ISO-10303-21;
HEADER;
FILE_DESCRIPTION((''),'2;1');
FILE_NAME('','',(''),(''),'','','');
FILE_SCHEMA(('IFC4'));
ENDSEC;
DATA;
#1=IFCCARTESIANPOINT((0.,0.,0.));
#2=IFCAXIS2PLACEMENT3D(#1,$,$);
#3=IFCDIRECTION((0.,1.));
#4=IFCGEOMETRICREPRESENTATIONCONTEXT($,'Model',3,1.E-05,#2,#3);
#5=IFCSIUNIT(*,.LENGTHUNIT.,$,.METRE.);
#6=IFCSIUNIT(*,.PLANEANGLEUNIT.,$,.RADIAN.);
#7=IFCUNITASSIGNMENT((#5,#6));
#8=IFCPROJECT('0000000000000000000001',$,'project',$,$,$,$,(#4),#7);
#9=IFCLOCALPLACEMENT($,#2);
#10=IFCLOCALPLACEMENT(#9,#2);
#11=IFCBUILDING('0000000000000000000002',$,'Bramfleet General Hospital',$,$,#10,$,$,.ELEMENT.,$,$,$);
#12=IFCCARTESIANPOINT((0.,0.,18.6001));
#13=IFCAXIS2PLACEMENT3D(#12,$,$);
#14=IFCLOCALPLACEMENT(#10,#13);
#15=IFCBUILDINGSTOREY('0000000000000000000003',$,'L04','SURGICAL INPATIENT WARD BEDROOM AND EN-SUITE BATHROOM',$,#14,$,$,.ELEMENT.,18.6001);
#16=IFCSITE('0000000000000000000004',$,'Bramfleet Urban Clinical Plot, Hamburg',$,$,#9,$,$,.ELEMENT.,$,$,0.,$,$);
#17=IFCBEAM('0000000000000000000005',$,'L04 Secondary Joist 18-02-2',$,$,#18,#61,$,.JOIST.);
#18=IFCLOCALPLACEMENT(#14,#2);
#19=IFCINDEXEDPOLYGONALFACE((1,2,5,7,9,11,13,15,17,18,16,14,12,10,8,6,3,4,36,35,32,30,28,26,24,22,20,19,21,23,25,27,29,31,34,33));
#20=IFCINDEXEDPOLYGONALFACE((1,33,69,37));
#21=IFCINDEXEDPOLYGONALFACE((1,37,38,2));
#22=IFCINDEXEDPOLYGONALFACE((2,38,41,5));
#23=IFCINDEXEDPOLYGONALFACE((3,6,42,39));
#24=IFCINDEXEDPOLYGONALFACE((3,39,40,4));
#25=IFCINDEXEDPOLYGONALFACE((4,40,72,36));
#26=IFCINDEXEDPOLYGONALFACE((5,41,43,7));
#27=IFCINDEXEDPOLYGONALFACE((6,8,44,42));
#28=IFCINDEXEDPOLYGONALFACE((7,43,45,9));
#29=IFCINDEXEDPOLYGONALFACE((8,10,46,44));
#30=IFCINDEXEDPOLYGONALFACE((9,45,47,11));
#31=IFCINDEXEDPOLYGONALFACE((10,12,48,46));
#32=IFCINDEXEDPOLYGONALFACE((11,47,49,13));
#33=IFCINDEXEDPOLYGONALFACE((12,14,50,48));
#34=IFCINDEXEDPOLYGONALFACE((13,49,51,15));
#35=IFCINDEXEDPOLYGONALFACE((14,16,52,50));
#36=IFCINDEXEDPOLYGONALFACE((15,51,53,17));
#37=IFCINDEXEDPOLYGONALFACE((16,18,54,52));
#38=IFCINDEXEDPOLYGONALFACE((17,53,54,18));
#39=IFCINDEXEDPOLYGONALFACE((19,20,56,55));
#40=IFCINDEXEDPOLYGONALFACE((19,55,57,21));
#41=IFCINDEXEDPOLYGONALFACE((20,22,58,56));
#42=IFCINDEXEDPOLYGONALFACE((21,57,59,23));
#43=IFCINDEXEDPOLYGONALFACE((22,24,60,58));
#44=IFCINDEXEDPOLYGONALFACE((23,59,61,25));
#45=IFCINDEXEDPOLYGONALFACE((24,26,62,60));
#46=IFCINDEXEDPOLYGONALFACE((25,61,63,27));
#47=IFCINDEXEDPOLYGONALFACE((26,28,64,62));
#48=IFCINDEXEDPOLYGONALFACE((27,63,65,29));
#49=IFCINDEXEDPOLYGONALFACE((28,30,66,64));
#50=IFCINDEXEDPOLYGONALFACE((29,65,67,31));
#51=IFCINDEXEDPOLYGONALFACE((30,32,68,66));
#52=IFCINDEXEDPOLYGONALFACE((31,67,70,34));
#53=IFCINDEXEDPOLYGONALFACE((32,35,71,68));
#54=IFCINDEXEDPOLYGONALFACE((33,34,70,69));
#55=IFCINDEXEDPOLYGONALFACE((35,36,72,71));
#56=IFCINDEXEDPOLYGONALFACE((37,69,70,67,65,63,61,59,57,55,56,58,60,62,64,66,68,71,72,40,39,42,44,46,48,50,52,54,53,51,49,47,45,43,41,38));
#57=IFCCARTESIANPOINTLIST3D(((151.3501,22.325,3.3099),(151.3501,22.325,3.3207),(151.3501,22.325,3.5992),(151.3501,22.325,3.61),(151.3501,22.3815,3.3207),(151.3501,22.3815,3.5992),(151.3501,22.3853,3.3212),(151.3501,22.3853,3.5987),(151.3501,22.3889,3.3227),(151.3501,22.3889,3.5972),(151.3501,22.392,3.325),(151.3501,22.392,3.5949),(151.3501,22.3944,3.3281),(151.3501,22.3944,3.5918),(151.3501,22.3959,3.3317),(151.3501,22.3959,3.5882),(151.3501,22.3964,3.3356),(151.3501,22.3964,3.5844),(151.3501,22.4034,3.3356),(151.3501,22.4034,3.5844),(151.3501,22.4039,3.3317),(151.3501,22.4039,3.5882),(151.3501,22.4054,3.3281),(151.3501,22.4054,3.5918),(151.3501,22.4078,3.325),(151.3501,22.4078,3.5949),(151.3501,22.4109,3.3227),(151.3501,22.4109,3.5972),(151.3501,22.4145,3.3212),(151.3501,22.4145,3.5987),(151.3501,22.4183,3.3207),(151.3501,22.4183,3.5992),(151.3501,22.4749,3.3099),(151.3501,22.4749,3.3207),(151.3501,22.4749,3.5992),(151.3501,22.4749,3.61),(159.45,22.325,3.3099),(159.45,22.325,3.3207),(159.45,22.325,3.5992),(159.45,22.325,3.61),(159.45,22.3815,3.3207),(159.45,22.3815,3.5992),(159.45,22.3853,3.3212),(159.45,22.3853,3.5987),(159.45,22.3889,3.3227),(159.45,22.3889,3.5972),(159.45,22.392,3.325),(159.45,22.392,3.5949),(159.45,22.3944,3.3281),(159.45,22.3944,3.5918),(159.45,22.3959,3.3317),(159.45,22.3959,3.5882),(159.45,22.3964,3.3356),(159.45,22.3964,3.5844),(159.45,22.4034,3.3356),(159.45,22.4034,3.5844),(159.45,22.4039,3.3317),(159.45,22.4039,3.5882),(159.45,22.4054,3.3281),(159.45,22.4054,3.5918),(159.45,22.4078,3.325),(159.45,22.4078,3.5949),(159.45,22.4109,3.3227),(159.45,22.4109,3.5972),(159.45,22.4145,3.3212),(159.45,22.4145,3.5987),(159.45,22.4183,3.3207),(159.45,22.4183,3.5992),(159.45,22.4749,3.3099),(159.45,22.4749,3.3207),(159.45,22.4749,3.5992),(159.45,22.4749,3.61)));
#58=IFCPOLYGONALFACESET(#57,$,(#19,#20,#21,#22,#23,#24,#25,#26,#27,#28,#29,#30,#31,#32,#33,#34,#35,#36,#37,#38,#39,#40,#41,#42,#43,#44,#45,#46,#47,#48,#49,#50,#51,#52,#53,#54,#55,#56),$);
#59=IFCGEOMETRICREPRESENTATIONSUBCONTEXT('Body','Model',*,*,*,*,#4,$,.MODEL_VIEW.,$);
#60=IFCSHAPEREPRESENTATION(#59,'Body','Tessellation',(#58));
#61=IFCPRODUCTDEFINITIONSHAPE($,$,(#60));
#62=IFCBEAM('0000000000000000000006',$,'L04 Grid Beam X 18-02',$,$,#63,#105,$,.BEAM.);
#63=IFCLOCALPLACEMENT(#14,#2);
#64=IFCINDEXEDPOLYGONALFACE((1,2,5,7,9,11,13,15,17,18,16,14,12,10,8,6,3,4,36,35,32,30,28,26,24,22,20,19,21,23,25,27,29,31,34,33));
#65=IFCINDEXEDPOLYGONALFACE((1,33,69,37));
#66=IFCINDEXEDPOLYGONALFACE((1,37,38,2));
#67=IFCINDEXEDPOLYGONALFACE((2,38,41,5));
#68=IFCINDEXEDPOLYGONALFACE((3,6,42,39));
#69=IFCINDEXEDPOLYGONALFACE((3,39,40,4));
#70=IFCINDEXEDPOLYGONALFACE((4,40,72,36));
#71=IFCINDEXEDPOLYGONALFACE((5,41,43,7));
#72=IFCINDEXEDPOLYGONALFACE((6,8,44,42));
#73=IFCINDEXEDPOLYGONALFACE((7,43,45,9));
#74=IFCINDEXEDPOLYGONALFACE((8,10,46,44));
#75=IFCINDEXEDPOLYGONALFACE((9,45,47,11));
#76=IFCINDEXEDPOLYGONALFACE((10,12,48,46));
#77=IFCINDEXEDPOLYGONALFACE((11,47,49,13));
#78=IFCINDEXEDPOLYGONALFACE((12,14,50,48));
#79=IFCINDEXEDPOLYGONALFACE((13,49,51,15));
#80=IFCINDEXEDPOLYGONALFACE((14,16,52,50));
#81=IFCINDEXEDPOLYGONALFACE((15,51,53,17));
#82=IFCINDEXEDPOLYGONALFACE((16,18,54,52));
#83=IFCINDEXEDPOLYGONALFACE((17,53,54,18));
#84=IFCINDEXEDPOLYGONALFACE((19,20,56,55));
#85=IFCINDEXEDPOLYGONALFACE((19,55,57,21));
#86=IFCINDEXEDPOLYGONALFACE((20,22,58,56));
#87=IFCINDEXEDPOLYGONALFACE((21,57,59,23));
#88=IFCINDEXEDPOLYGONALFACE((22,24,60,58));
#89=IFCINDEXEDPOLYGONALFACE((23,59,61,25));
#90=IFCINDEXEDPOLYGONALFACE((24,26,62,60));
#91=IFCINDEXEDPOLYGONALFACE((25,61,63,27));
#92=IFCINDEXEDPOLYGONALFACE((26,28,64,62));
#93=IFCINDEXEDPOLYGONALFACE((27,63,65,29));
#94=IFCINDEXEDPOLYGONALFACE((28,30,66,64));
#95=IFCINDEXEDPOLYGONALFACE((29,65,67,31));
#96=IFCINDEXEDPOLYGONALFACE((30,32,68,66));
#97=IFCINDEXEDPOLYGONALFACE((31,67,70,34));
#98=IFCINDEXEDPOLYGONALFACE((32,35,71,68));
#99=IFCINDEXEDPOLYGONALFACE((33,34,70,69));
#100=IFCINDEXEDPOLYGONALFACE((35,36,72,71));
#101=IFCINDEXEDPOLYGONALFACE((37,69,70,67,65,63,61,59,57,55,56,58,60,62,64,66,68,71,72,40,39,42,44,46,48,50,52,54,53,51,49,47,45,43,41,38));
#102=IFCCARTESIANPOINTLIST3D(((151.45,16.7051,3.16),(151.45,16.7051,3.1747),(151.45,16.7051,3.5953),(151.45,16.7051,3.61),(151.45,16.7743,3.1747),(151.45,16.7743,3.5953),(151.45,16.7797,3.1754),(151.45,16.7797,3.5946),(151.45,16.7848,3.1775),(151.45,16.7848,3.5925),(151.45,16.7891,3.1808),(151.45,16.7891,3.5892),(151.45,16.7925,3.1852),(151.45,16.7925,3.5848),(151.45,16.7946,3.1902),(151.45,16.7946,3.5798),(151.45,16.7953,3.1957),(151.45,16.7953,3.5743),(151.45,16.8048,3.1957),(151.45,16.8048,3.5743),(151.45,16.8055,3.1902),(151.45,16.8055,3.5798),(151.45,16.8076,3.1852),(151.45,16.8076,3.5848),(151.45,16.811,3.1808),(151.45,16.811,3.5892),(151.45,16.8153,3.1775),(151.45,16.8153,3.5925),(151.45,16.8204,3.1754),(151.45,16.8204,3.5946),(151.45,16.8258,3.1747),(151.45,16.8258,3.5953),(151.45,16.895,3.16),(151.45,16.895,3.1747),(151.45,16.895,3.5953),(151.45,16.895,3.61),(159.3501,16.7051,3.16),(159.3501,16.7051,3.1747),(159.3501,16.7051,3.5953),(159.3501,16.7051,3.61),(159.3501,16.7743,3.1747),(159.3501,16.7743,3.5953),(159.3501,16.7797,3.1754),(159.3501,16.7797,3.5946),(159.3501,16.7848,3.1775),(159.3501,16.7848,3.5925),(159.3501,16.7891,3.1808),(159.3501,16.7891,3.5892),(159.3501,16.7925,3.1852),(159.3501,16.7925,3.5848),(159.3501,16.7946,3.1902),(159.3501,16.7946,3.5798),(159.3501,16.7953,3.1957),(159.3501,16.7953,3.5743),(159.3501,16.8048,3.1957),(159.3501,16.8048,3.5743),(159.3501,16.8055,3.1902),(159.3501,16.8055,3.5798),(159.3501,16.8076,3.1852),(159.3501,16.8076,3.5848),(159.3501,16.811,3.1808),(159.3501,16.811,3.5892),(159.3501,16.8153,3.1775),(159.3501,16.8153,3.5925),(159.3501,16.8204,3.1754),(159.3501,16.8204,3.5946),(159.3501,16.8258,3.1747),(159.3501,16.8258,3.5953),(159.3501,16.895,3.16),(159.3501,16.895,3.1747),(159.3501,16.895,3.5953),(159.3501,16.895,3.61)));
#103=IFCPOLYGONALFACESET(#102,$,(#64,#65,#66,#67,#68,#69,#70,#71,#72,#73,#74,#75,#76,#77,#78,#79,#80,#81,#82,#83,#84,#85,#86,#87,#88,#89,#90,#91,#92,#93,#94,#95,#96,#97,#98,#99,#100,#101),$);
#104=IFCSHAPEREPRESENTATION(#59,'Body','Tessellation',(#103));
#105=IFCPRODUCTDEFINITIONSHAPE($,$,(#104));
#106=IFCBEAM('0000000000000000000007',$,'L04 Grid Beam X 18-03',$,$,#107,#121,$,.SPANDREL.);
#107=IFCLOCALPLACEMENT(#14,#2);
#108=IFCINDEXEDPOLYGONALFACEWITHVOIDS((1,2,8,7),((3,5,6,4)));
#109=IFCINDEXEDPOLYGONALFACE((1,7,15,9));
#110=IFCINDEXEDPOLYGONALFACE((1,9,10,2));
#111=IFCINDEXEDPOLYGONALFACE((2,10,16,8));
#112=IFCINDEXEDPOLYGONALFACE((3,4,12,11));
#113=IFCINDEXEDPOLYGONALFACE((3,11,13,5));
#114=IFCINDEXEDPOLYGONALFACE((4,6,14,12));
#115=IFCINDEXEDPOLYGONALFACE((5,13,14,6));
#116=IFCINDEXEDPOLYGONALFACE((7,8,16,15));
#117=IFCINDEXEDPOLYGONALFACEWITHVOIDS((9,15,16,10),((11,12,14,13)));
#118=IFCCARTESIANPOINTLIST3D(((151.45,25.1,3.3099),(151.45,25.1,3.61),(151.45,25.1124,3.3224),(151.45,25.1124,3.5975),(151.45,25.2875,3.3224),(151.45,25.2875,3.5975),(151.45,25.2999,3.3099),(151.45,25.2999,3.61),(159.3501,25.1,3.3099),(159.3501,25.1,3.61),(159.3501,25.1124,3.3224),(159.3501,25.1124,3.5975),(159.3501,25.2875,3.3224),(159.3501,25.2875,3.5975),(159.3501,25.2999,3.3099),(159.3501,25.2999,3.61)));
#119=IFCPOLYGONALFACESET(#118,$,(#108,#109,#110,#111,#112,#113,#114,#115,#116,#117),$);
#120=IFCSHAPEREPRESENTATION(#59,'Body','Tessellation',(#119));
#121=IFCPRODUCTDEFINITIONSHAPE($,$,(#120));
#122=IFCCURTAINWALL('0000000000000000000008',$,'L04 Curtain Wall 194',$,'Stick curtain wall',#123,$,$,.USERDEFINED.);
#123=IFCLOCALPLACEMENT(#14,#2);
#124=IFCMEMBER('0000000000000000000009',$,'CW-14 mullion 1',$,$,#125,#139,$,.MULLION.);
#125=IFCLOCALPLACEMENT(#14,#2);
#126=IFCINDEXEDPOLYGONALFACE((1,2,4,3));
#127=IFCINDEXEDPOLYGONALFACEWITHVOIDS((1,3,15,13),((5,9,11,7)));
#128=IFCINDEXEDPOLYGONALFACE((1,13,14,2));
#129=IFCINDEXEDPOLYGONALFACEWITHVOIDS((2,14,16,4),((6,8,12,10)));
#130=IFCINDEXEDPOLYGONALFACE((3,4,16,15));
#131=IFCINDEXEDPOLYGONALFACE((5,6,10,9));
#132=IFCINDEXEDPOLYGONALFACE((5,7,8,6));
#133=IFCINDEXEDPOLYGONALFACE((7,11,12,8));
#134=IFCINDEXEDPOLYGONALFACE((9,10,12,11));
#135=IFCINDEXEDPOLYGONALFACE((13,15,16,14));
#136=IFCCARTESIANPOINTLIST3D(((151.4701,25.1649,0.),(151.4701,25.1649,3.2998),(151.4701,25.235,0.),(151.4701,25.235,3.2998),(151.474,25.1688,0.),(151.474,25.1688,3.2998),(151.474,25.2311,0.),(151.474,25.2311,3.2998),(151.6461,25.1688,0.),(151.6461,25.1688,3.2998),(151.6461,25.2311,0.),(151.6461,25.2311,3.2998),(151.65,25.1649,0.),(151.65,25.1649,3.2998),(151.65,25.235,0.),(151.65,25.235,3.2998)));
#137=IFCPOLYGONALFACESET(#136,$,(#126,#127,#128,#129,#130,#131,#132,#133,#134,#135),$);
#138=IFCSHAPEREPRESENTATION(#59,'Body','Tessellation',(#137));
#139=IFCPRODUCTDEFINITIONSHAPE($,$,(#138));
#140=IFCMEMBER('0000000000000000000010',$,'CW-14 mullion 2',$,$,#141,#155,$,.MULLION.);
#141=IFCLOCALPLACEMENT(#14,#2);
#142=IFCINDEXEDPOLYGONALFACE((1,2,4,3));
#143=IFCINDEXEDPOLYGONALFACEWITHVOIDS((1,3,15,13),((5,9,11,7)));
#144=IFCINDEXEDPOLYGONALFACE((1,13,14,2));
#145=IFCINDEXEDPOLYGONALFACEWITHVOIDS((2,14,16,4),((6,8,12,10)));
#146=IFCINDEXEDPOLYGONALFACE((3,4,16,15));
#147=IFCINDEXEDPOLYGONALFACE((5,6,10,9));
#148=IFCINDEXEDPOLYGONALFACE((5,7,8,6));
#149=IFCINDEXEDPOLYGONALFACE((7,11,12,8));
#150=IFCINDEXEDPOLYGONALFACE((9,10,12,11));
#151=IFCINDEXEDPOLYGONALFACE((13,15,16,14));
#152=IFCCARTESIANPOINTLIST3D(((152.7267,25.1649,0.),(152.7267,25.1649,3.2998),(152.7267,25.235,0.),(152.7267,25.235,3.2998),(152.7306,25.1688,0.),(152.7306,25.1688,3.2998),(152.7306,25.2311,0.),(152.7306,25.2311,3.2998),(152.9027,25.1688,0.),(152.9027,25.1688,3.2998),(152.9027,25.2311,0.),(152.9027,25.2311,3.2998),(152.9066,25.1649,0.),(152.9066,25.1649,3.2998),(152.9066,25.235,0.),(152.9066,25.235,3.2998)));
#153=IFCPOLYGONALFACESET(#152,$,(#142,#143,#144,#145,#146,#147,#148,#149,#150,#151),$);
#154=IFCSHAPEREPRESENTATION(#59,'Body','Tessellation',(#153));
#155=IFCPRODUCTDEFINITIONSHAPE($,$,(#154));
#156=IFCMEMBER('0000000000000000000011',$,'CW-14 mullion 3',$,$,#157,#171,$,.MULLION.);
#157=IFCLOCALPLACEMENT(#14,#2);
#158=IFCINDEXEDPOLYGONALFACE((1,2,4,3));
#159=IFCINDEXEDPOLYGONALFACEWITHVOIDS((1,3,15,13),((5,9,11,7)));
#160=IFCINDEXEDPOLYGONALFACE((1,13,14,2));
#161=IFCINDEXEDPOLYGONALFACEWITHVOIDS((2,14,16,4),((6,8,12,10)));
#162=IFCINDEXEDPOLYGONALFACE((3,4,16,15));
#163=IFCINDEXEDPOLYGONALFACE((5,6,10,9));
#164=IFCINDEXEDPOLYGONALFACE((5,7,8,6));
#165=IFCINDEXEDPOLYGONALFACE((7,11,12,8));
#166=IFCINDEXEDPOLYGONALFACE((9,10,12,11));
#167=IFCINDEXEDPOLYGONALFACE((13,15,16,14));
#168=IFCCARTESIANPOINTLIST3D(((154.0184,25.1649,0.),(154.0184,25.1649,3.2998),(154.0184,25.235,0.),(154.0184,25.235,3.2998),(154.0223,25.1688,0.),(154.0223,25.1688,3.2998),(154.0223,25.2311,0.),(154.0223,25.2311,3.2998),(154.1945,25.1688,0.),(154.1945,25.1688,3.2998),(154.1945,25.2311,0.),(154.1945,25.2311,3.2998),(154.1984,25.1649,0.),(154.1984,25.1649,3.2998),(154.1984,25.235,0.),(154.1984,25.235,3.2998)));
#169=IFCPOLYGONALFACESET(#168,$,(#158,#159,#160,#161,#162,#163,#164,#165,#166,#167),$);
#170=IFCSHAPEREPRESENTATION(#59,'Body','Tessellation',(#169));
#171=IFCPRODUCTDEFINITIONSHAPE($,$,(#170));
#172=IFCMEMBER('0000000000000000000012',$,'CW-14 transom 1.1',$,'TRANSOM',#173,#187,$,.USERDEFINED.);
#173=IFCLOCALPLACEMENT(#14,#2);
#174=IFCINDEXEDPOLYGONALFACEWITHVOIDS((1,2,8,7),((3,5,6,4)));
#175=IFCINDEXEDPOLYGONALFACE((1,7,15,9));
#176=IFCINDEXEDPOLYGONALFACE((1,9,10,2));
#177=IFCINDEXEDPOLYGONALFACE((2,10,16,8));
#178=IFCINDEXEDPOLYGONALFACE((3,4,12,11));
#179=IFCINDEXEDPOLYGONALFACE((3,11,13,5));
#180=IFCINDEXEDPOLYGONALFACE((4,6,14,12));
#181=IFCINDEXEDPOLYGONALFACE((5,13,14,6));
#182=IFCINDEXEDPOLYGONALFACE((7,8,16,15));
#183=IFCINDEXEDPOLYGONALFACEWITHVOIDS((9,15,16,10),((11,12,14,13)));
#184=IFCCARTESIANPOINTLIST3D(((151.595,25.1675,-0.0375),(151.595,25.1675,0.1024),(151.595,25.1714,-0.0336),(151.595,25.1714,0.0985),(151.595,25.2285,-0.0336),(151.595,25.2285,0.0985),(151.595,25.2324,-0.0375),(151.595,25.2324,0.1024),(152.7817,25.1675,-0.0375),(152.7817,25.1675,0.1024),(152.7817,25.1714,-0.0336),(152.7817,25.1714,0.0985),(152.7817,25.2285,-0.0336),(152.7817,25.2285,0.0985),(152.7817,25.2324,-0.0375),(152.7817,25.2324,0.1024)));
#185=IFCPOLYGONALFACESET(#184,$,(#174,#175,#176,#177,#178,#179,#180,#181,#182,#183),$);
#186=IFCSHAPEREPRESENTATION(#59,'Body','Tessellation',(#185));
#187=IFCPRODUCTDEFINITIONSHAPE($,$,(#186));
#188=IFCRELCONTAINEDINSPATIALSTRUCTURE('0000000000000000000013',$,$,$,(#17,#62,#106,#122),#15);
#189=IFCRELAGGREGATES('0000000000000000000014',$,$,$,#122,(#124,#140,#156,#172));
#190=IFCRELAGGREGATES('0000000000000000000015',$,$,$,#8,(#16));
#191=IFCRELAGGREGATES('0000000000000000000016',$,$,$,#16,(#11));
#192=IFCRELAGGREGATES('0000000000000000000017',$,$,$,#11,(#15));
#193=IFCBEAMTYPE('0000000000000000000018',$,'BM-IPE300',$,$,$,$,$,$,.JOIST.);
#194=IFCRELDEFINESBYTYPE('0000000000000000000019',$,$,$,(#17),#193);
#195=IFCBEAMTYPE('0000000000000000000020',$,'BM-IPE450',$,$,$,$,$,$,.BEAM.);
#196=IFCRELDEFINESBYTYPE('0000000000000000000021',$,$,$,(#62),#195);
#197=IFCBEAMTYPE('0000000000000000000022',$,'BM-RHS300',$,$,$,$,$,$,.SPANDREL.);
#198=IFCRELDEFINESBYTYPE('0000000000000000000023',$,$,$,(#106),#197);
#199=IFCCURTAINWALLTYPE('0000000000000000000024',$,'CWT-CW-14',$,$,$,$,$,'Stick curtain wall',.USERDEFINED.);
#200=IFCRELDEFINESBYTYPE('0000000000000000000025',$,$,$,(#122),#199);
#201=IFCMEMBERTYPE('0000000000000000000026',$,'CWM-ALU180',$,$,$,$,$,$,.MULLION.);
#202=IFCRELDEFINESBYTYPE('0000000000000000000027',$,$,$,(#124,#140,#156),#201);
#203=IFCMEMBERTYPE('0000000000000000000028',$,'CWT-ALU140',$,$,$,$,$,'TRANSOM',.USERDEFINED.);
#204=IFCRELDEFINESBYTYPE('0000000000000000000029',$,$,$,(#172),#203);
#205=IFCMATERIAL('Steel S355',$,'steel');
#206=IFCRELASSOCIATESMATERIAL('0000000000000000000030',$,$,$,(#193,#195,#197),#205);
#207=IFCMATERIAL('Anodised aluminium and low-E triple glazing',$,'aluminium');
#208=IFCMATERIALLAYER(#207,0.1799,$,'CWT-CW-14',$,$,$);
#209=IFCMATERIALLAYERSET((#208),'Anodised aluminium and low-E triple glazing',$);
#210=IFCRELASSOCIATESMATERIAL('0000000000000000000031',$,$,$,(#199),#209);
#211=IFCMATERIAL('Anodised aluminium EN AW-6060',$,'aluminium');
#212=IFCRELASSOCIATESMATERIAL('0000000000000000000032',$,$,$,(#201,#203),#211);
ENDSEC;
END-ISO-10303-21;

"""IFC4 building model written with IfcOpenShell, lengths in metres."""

from ifc_helpers import new_model, si_unit, direction, frame, origin, origin_2d, place, context, subcontext, project, spatial, hollow_rectangle, i_section, extrude, material, layer, layer_set, material_profile, profile_set, type_object, element, aggregate, save


model = new_model("IFC4")

# Units and contexts
model_context = context("Model", 3, precision=1e-05, world=origin(), true_north=direction((0.0, 1.0)))
body_context = subcontext(model_context, "Body", "Model", "MODEL_VIEW")
ifc_project = project(units=[si_unit("LENGTHUNIT", "METRE"), si_unit("PLANEANGLEUNIT", "RADIAN")], contexts=[model_context])

# Site, building, storey
site_placement = place(None, origin())
site = spatial("IfcSite", under=ifc_project, at=site_placement, Name="Bramfleet Urban Clinical Plot, Hamburg", CompositionType="ELEMENT", RefElevation=0.0)
building_placement = place(site_placement, origin())
building = spatial("IfcBuilding", under=site, at=building_placement, Name="Bramfleet General Hospital", CompositionType="ELEMENT")
storey_placement = place(building_placement, frame((0.0, 0.0, 18.6001)))
storey = spatial("IfcBuildingStorey", under=building, at=storey_placement, Name="L04", Description="SURGICAL INPATIENT WARD BEDROOM AND EN-SUITE BATHROOM", CompositionType="ELEMENT", Elevation=18.6001)

# Beams
ifc_material_1 = material(Name="Steel S355", Category="steel")
ifc_material_profile_1 = material_profile(ifc_material_1, i_section(OverallWidth=0.1499, OverallDepth=0.3, WebThickness=0.0071, FlangeThickness=0.0107, FilletRadius=0.0149, at=origin_2d()), Name="IPE 300")
ifc_profile_set_1 = profile_set([ifc_material_profile_1], Name="Steel S355")
beam_type_1 = type_object("IfcBeamType", Name="BM-IPE300", PredefinedType="JOIST", material=ifc_profile_set_1)
for number, where, z_axis, x_axis, name in (
    (1, (151.3501, 22.3999, 3.46), (1.0, 0.0, 0.0), (0.0, 1.0, 0.0), "L04 Secondary Joist 18-02-2"),
):
    element("IfcBeam", number, at=place(storey_placement, frame(where, z_axis=z_axis, x_axis=x_axis)), inside=storey, type_object=beam_type_1, Name=name, PredefinedType="JOIST", context=body_context, shape_type="SweptSolid", body=[
        extrude(i_section(OverallWidth=0.1499, OverallDepth=0.3, WebThickness=0.0071, FlangeThickness=0.0107, FilletRadius=0.0149, at=origin_2d()), origin(), (0.0, 0.0, 1.0), 8.0999),
    ])
ifc_material_profile_2 = material_profile(ifc_material_1, i_section(OverallWidth=0.1899, OverallDepth=0.45, WebThickness=0.0095, FlangeThickness=0.0146, FilletRadius=0.021, at=origin_2d()), Name="IPE 450")
ifc_profile_set_2 = profile_set([ifc_material_profile_2], Name="Steel S355")
beam_type_2 = type_object("IfcBeamType", Name="BM-IPE450", PredefinedType="BEAM", material=ifc_profile_set_2)
beam_1_placement = place(storey_placement, frame((151.45, 16.8, 3.385), z_axis=(1.0, 0.0, 0.0), x_axis=(0.0, 1.0, 0.0)))
element("IfcBeam", 2, at=beam_1_placement, inside=storey, type_object=beam_type_2, Name="L04 Grid Beam X 18-02", PredefinedType="BEAM", context=body_context, shape_type="SweptSolid", body=[
    extrude(i_section(OverallWidth=0.1899, OverallDepth=0.45, WebThickness=0.0095, FlangeThickness=0.0146, FilletRadius=0.021, at=origin_2d()), origin(), (0.0, 0.0, 1.0), 7.9001),
])
ifc_material_profile_3 = material_profile(ifc_material_1, hollow_rectangle(XDim=0.2, YDim=0.3, WallThickness=0.0125, at=origin_2d()), Name="RHS 300x200x12.5")
ifc_profile_set_3 = profile_set([ifc_material_profile_3], Name="Steel S355")
beam_type_3 = type_object("IfcBeamType", Name="BM-RHS300", PredefinedType="SPANDREL", material=ifc_profile_set_3)
beam_2_placement = place(storey_placement, frame((151.45, 25.2, 3.46), z_axis=(1.0, 0.0, 0.0), x_axis=(0.0, 1.0, 0.0)))
element("IfcBeam", 3, at=beam_2_placement, inside=storey, type_object=beam_type_3, Name="L04 Grid Beam X 18-03", PredefinedType="SPANDREL", context=body_context, shape_type="SweptSolid", body=[
    extrude(hollow_rectangle(XDim=0.2, YDim=0.3, WallThickness=0.0125, at=origin_2d()), origin(), (0.0, 0.0, 1.0), 7.9001),
])

# Curtain wall, members
ifc_material_2 = material(Name="Anodised aluminium and low-E triple glazing", Category="aluminium")
ifc_layer_1 = layer(ifc_material_2, 0.1799, Name="CWT-CW-14")
ifc_layer_set_1 = layer_set([ifc_layer_1], Name="Anodised aluminium and low-E triple glazing")
curtain_wall_type = type_object("IfcCurtainWallType", Name="CWT-CW-14", ElementType="Stick curtain wall", PredefinedType="USERDEFINED", material=ifc_layer_set_1)
curtain_wall_placement = place(storey_placement, origin())
curtain_wall = element("IfcCurtainWall", 4, at=curtain_wall_placement, inside=storey, type_object=curtain_wall_type, Name="L04 Curtain Wall 194", ObjectType="Stick curtain wall", PredefinedType="USERDEFINED")
ifc_material_3 = material(Name="Anodised aluminium EN AW-6060", Category="aluminium")
ifc_material_profile_4 = material_profile(ifc_material_3, hollow_rectangle(XDim=0.0701, YDim=0.1799, WallThickness=0.0039, at=origin_2d()), Name="ALU 180x70x4.0")
ifc_profile_set_4 = profile_set([ifc_material_profile_4], Name="Anodised aluminium EN AW-6060")
member_type_1 = type_object("IfcMemberType", Name="CWM-ALU180", PredefinedType="MULLION", material=ifc_profile_set_4)
member_1_placement = place(storey_placement, frame((151.5601, 25.2, 0.0), z_axis=(0.0, 0.0, 1.0), x_axis=(0.0, 1.0, 0.0)))
member_1 = element("IfcMember", 5, at=member_1_placement, type_object=member_type_1, Name="CW-14 mullion 1", PredefinedType="MULLION", context=body_context, shape_type="SweptSolid", body=[
    extrude(hollow_rectangle(XDim=0.0701, YDim=0.1799, WallThickness=0.0039, at=origin_2d()), origin(), (0.0, 0.0, 1.0), 3.2998),
])
member_2_placement = place(storey_placement, frame((152.8167, 25.2, 0.0), z_axis=(0.0, 0.0, 1.0), x_axis=(0.0, 1.0, 0.0)))
member_2 = element("IfcMember", 6, at=member_2_placement, type_object=member_type_1, Name="CW-14 mullion 2", PredefinedType="MULLION", context=body_context, shape_type="SweptSolid", body=[
    extrude(hollow_rectangle(XDim=0.0701, YDim=0.1799, WallThickness=0.0039, at=origin_2d()), origin(), (0.0, 0.0, 1.0), 3.2998),
])
member_3_placement = place(storey_placement, frame((154.1084, 25.2, 0.0), z_axis=(0.0, 0.0, 1.0), x_axis=(0.0, 1.0, 0.0)))
member_3 = element("IfcMember", 7, at=member_3_placement, type_object=member_type_1, Name="CW-14 mullion 3", PredefinedType="MULLION", context=body_context, shape_type="SweptSolid", body=[
    extrude(hollow_rectangle(XDim=0.0701, YDim=0.1799, WallThickness=0.0039, at=origin_2d()), origin(), (0.0, 0.0, 1.0), 3.2998),
])
ifc_material_profile_5 = material_profile(ifc_material_3, hollow_rectangle(XDim=0.0649, YDim=0.1399, WallThickness=0.0039, at=origin_2d()), Name="ALU 140x65x4.0")
ifc_profile_set_5 = profile_set([ifc_material_profile_5], Name="Anodised aluminium EN AW-6060")
member_type_2 = type_object("IfcMemberType", Name="CWT-ALU140", ElementType="TRANSOM", PredefinedType="USERDEFINED", material=ifc_profile_set_5)
member_4_placement = place(storey_placement, frame((151.595, 25.2, 0.0325), z_axis=(1.0, 0.0, 0.0), x_axis=(0.0, 1.0, 0.0)))
member_4 = element("IfcMember", 8, at=member_4_placement, type_object=member_type_2, Name="CW-14 transom 1.1", ObjectType="TRANSOM", PredefinedType="USERDEFINED", context=body_context, shape_type="SweptSolid", body=[
    extrude(hollow_rectangle(XDim=0.0649, YDim=0.1399, WallThickness=0.0039, at=origin_2d()), origin(), (0.0, 0.0, 1.0), 1.1868),
])
aggregate(curtain_wall, [member_1, member_2, member_3, member_4])

save(model, "model.ifc")
